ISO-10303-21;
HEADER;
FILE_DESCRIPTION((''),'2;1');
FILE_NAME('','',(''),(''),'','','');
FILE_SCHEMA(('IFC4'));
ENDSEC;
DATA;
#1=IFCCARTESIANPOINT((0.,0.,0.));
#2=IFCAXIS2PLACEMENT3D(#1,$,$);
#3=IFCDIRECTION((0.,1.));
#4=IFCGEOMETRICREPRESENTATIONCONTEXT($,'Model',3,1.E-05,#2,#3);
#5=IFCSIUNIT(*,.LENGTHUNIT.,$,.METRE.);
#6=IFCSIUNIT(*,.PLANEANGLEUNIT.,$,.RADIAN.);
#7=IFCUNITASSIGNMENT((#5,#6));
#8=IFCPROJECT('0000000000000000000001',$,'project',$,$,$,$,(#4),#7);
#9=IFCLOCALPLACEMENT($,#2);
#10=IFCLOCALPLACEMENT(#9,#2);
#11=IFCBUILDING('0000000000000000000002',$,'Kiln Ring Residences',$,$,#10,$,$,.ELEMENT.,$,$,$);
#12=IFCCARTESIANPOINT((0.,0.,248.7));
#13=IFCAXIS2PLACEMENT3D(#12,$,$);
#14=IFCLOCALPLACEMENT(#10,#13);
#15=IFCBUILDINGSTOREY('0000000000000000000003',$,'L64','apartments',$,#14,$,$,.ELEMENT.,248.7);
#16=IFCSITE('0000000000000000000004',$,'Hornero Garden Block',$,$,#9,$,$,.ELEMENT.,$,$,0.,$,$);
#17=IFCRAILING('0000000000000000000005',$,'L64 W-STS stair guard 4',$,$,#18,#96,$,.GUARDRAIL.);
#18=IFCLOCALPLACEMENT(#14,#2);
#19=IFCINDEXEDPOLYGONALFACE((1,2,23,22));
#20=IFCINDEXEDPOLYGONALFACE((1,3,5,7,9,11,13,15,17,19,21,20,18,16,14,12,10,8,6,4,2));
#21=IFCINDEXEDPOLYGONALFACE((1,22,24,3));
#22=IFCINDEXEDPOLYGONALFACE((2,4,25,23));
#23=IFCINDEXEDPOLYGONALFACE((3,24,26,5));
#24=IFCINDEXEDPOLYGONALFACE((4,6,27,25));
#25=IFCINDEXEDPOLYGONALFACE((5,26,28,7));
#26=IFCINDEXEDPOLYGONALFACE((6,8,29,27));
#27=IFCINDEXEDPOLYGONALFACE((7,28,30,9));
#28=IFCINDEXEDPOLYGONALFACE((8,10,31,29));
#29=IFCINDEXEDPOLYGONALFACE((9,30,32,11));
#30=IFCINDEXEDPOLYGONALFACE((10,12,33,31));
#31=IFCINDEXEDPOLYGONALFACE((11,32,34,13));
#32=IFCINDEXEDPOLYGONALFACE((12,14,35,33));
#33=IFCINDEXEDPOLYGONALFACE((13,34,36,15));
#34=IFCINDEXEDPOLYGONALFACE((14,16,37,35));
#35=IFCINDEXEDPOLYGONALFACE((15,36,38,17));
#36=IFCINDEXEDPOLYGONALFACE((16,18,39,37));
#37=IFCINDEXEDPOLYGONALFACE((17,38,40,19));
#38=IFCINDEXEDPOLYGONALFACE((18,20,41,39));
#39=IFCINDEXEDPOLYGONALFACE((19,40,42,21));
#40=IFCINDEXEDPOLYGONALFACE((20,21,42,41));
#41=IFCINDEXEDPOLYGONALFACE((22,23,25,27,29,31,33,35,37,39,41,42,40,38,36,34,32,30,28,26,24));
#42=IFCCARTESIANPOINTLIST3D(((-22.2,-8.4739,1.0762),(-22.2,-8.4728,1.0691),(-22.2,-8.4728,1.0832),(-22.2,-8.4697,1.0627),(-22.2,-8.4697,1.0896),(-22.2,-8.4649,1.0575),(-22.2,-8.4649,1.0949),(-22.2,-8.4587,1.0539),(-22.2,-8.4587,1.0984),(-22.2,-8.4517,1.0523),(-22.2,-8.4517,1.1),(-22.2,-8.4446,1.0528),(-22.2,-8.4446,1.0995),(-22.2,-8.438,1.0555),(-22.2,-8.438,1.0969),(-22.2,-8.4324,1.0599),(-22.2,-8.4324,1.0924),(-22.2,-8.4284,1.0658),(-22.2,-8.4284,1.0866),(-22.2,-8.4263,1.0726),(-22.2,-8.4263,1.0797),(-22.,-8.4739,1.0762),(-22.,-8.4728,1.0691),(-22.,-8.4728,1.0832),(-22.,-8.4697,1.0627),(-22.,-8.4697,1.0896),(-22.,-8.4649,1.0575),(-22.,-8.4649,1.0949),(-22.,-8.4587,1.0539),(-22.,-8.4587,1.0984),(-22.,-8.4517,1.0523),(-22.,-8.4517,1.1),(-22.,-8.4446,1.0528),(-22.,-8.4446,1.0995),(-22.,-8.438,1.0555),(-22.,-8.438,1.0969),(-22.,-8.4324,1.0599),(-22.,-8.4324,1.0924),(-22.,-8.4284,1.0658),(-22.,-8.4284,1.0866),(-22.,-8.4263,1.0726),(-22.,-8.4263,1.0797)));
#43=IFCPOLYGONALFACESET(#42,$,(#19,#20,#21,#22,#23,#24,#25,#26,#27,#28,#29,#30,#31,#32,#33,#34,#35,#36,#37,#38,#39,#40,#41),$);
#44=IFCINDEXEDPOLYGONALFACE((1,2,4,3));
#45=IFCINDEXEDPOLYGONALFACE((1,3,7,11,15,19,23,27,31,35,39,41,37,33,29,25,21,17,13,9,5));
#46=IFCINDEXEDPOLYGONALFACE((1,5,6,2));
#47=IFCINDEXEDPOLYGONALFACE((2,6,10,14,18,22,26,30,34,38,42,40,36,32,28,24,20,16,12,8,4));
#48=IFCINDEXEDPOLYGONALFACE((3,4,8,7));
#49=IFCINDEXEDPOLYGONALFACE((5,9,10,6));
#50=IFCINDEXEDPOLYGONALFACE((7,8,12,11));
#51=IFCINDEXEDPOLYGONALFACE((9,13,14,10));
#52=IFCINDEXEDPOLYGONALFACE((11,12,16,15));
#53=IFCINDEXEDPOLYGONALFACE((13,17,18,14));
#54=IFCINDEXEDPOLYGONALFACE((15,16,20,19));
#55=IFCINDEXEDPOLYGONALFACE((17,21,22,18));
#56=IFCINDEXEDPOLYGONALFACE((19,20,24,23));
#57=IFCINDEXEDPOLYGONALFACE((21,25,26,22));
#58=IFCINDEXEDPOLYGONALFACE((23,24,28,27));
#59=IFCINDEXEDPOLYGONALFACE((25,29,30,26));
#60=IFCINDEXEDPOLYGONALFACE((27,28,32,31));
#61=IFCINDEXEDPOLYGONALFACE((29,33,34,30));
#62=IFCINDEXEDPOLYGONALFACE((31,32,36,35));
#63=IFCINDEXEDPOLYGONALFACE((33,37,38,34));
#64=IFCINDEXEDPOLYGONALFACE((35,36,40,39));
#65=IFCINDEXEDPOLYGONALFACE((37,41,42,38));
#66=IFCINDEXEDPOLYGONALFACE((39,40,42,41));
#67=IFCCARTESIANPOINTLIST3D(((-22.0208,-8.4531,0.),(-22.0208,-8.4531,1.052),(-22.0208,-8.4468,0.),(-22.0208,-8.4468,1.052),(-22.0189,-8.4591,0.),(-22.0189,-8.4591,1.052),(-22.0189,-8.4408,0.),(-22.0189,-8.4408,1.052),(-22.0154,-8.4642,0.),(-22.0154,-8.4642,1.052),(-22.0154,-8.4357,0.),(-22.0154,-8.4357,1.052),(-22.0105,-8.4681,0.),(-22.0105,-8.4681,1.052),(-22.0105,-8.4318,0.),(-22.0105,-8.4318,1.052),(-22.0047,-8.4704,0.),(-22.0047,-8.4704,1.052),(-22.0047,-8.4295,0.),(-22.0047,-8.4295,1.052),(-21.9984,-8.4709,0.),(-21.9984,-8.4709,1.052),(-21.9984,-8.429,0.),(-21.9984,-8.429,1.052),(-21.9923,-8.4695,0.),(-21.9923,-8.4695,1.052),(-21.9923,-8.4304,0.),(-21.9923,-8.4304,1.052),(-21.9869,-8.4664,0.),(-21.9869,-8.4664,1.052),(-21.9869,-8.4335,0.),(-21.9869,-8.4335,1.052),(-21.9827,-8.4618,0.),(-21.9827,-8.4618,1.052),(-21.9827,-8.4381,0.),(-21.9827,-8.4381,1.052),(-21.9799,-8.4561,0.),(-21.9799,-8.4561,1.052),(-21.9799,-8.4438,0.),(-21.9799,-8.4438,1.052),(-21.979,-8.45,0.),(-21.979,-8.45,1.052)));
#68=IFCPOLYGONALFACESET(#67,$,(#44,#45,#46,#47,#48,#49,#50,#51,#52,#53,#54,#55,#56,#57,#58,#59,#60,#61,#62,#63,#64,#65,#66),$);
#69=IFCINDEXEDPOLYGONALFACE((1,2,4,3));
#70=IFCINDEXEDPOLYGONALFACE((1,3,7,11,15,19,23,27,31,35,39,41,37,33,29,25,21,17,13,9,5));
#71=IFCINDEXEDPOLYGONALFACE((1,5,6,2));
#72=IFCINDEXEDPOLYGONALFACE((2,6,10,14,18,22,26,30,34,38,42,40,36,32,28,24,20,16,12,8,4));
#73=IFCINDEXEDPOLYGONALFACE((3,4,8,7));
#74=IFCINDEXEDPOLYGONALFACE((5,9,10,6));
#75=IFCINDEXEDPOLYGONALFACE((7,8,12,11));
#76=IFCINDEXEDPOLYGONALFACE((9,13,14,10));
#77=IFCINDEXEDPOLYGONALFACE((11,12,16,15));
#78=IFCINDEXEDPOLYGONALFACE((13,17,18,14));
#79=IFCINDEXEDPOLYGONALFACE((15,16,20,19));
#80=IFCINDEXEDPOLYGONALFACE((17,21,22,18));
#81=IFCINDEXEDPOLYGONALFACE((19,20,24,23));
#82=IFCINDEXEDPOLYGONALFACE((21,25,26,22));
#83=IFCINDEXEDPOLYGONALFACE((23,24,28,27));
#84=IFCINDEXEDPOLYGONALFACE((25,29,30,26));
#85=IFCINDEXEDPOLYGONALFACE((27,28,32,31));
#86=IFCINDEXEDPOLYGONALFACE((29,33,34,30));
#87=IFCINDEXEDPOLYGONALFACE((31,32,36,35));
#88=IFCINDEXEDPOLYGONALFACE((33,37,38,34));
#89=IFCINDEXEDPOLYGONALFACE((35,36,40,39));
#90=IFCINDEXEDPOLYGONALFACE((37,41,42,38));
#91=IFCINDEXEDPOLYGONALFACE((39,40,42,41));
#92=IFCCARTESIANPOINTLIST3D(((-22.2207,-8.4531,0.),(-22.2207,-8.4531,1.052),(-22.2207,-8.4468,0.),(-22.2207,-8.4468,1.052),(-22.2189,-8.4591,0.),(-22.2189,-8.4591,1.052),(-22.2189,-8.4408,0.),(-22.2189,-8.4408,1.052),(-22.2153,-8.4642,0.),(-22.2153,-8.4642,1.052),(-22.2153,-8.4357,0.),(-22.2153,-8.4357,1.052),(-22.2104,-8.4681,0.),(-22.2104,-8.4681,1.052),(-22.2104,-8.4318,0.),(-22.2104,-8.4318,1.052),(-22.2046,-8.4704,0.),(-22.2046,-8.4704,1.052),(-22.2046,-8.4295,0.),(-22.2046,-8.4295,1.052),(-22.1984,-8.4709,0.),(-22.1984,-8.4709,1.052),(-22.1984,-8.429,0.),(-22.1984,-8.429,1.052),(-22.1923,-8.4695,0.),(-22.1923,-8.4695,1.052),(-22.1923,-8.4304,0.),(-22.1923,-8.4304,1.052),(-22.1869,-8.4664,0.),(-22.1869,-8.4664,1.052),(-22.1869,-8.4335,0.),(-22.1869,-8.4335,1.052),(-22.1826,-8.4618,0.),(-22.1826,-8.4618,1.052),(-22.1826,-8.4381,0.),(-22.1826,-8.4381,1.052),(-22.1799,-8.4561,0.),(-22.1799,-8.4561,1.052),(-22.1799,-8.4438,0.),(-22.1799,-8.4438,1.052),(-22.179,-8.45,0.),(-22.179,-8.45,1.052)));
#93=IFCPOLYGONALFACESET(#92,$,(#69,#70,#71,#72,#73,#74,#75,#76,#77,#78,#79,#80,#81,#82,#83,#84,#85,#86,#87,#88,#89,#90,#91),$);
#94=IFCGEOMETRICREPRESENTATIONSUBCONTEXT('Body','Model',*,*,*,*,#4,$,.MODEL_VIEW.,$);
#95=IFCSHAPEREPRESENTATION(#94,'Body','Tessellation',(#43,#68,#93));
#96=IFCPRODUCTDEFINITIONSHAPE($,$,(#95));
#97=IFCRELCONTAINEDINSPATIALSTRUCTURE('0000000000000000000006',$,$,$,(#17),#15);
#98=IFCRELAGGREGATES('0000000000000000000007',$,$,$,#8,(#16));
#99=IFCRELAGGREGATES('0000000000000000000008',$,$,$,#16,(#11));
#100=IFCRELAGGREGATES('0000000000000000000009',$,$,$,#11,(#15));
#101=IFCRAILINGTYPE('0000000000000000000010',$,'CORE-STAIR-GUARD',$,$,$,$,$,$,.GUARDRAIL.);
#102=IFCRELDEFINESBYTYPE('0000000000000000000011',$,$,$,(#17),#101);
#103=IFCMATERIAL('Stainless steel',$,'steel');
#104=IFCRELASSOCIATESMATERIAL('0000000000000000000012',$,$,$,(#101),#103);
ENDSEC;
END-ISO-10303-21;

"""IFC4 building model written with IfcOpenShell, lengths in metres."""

from ifc_helpers import new_model, si_unit, direction, frame, origin, origin_2d, place, context, subcontext, project, spatial, circle, extrude, material, type_object, element, save


model = new_model("IFC4")

# Units and contexts
model_context = context("Model", 3, precision=1e-05, world=origin(), true_north=direction((0.0, 1.0)))
body_context = subcontext(model_context, "Body", "Model", "MODEL_VIEW")
ifc_project = project(units=[si_unit("LENGTHUNIT", "METRE"), si_unit("PLANEANGLEUNIT", "RADIAN")], contexts=[model_context])

# Site, building, storey
site_placement = place(None, origin())
site = spatial("IfcSite", under=ifc_project, at=site_placement, Name="Hornero Garden Block", CompositionType="ELEMENT", RefElevation=0.0)
building_placement = place(site_placement, origin())
building = spatial("IfcBuilding", under=site, at=building_placement, Name="Kiln Ring Residences", CompositionType="ELEMENT")
storey_placement = place(building_placement, frame((0.0, 0.0, 248.7)))
storey = spatial("IfcBuildingStorey", under=building, at=storey_placement, Name="L64", Description="apartments", CompositionType="ELEMENT", Elevation=248.7)

# Railing
ifc_material_1 = material(Name="Stainless steel", Category="steel")
railing_type_1 = type_object("IfcRailingType", Name="CORE-STAIR-GUARD", PredefinedType="GUARDRAIL", material=ifc_material_1)
railing_1_placement = place(storey_placement, frame((-22.0, -8.45, 0.0)))
element("IfcRailing", 1, at=railing_1_placement, inside=storey, type_object=railing_type_1, Name="L64 W-STS stair guard 4", PredefinedType="GUARDRAIL", context=body_context, shape_type="SweptSolid", body=[
    extrude(circle(Radius=0.0239, at=origin_2d()), frame((0.0, 0.0, 1.0762), z_axis=(-1.0, 0.0, 0.0), x_axis=(0.0, -1.0, 0.0)), (0.0, 0.0, 1.0), 0.2),
    extrude(circle(Radius=0.021, at=origin_2d()), origin(), (0.0, 0.0, 1.0), 1.052),
    extrude(circle(Radius=0.021, at=origin_2d()), frame((-0.2, 0.0, 0.0)), (0.0, 0.0, 1.0), 1.052),
])

save(model, "model.ifc")
